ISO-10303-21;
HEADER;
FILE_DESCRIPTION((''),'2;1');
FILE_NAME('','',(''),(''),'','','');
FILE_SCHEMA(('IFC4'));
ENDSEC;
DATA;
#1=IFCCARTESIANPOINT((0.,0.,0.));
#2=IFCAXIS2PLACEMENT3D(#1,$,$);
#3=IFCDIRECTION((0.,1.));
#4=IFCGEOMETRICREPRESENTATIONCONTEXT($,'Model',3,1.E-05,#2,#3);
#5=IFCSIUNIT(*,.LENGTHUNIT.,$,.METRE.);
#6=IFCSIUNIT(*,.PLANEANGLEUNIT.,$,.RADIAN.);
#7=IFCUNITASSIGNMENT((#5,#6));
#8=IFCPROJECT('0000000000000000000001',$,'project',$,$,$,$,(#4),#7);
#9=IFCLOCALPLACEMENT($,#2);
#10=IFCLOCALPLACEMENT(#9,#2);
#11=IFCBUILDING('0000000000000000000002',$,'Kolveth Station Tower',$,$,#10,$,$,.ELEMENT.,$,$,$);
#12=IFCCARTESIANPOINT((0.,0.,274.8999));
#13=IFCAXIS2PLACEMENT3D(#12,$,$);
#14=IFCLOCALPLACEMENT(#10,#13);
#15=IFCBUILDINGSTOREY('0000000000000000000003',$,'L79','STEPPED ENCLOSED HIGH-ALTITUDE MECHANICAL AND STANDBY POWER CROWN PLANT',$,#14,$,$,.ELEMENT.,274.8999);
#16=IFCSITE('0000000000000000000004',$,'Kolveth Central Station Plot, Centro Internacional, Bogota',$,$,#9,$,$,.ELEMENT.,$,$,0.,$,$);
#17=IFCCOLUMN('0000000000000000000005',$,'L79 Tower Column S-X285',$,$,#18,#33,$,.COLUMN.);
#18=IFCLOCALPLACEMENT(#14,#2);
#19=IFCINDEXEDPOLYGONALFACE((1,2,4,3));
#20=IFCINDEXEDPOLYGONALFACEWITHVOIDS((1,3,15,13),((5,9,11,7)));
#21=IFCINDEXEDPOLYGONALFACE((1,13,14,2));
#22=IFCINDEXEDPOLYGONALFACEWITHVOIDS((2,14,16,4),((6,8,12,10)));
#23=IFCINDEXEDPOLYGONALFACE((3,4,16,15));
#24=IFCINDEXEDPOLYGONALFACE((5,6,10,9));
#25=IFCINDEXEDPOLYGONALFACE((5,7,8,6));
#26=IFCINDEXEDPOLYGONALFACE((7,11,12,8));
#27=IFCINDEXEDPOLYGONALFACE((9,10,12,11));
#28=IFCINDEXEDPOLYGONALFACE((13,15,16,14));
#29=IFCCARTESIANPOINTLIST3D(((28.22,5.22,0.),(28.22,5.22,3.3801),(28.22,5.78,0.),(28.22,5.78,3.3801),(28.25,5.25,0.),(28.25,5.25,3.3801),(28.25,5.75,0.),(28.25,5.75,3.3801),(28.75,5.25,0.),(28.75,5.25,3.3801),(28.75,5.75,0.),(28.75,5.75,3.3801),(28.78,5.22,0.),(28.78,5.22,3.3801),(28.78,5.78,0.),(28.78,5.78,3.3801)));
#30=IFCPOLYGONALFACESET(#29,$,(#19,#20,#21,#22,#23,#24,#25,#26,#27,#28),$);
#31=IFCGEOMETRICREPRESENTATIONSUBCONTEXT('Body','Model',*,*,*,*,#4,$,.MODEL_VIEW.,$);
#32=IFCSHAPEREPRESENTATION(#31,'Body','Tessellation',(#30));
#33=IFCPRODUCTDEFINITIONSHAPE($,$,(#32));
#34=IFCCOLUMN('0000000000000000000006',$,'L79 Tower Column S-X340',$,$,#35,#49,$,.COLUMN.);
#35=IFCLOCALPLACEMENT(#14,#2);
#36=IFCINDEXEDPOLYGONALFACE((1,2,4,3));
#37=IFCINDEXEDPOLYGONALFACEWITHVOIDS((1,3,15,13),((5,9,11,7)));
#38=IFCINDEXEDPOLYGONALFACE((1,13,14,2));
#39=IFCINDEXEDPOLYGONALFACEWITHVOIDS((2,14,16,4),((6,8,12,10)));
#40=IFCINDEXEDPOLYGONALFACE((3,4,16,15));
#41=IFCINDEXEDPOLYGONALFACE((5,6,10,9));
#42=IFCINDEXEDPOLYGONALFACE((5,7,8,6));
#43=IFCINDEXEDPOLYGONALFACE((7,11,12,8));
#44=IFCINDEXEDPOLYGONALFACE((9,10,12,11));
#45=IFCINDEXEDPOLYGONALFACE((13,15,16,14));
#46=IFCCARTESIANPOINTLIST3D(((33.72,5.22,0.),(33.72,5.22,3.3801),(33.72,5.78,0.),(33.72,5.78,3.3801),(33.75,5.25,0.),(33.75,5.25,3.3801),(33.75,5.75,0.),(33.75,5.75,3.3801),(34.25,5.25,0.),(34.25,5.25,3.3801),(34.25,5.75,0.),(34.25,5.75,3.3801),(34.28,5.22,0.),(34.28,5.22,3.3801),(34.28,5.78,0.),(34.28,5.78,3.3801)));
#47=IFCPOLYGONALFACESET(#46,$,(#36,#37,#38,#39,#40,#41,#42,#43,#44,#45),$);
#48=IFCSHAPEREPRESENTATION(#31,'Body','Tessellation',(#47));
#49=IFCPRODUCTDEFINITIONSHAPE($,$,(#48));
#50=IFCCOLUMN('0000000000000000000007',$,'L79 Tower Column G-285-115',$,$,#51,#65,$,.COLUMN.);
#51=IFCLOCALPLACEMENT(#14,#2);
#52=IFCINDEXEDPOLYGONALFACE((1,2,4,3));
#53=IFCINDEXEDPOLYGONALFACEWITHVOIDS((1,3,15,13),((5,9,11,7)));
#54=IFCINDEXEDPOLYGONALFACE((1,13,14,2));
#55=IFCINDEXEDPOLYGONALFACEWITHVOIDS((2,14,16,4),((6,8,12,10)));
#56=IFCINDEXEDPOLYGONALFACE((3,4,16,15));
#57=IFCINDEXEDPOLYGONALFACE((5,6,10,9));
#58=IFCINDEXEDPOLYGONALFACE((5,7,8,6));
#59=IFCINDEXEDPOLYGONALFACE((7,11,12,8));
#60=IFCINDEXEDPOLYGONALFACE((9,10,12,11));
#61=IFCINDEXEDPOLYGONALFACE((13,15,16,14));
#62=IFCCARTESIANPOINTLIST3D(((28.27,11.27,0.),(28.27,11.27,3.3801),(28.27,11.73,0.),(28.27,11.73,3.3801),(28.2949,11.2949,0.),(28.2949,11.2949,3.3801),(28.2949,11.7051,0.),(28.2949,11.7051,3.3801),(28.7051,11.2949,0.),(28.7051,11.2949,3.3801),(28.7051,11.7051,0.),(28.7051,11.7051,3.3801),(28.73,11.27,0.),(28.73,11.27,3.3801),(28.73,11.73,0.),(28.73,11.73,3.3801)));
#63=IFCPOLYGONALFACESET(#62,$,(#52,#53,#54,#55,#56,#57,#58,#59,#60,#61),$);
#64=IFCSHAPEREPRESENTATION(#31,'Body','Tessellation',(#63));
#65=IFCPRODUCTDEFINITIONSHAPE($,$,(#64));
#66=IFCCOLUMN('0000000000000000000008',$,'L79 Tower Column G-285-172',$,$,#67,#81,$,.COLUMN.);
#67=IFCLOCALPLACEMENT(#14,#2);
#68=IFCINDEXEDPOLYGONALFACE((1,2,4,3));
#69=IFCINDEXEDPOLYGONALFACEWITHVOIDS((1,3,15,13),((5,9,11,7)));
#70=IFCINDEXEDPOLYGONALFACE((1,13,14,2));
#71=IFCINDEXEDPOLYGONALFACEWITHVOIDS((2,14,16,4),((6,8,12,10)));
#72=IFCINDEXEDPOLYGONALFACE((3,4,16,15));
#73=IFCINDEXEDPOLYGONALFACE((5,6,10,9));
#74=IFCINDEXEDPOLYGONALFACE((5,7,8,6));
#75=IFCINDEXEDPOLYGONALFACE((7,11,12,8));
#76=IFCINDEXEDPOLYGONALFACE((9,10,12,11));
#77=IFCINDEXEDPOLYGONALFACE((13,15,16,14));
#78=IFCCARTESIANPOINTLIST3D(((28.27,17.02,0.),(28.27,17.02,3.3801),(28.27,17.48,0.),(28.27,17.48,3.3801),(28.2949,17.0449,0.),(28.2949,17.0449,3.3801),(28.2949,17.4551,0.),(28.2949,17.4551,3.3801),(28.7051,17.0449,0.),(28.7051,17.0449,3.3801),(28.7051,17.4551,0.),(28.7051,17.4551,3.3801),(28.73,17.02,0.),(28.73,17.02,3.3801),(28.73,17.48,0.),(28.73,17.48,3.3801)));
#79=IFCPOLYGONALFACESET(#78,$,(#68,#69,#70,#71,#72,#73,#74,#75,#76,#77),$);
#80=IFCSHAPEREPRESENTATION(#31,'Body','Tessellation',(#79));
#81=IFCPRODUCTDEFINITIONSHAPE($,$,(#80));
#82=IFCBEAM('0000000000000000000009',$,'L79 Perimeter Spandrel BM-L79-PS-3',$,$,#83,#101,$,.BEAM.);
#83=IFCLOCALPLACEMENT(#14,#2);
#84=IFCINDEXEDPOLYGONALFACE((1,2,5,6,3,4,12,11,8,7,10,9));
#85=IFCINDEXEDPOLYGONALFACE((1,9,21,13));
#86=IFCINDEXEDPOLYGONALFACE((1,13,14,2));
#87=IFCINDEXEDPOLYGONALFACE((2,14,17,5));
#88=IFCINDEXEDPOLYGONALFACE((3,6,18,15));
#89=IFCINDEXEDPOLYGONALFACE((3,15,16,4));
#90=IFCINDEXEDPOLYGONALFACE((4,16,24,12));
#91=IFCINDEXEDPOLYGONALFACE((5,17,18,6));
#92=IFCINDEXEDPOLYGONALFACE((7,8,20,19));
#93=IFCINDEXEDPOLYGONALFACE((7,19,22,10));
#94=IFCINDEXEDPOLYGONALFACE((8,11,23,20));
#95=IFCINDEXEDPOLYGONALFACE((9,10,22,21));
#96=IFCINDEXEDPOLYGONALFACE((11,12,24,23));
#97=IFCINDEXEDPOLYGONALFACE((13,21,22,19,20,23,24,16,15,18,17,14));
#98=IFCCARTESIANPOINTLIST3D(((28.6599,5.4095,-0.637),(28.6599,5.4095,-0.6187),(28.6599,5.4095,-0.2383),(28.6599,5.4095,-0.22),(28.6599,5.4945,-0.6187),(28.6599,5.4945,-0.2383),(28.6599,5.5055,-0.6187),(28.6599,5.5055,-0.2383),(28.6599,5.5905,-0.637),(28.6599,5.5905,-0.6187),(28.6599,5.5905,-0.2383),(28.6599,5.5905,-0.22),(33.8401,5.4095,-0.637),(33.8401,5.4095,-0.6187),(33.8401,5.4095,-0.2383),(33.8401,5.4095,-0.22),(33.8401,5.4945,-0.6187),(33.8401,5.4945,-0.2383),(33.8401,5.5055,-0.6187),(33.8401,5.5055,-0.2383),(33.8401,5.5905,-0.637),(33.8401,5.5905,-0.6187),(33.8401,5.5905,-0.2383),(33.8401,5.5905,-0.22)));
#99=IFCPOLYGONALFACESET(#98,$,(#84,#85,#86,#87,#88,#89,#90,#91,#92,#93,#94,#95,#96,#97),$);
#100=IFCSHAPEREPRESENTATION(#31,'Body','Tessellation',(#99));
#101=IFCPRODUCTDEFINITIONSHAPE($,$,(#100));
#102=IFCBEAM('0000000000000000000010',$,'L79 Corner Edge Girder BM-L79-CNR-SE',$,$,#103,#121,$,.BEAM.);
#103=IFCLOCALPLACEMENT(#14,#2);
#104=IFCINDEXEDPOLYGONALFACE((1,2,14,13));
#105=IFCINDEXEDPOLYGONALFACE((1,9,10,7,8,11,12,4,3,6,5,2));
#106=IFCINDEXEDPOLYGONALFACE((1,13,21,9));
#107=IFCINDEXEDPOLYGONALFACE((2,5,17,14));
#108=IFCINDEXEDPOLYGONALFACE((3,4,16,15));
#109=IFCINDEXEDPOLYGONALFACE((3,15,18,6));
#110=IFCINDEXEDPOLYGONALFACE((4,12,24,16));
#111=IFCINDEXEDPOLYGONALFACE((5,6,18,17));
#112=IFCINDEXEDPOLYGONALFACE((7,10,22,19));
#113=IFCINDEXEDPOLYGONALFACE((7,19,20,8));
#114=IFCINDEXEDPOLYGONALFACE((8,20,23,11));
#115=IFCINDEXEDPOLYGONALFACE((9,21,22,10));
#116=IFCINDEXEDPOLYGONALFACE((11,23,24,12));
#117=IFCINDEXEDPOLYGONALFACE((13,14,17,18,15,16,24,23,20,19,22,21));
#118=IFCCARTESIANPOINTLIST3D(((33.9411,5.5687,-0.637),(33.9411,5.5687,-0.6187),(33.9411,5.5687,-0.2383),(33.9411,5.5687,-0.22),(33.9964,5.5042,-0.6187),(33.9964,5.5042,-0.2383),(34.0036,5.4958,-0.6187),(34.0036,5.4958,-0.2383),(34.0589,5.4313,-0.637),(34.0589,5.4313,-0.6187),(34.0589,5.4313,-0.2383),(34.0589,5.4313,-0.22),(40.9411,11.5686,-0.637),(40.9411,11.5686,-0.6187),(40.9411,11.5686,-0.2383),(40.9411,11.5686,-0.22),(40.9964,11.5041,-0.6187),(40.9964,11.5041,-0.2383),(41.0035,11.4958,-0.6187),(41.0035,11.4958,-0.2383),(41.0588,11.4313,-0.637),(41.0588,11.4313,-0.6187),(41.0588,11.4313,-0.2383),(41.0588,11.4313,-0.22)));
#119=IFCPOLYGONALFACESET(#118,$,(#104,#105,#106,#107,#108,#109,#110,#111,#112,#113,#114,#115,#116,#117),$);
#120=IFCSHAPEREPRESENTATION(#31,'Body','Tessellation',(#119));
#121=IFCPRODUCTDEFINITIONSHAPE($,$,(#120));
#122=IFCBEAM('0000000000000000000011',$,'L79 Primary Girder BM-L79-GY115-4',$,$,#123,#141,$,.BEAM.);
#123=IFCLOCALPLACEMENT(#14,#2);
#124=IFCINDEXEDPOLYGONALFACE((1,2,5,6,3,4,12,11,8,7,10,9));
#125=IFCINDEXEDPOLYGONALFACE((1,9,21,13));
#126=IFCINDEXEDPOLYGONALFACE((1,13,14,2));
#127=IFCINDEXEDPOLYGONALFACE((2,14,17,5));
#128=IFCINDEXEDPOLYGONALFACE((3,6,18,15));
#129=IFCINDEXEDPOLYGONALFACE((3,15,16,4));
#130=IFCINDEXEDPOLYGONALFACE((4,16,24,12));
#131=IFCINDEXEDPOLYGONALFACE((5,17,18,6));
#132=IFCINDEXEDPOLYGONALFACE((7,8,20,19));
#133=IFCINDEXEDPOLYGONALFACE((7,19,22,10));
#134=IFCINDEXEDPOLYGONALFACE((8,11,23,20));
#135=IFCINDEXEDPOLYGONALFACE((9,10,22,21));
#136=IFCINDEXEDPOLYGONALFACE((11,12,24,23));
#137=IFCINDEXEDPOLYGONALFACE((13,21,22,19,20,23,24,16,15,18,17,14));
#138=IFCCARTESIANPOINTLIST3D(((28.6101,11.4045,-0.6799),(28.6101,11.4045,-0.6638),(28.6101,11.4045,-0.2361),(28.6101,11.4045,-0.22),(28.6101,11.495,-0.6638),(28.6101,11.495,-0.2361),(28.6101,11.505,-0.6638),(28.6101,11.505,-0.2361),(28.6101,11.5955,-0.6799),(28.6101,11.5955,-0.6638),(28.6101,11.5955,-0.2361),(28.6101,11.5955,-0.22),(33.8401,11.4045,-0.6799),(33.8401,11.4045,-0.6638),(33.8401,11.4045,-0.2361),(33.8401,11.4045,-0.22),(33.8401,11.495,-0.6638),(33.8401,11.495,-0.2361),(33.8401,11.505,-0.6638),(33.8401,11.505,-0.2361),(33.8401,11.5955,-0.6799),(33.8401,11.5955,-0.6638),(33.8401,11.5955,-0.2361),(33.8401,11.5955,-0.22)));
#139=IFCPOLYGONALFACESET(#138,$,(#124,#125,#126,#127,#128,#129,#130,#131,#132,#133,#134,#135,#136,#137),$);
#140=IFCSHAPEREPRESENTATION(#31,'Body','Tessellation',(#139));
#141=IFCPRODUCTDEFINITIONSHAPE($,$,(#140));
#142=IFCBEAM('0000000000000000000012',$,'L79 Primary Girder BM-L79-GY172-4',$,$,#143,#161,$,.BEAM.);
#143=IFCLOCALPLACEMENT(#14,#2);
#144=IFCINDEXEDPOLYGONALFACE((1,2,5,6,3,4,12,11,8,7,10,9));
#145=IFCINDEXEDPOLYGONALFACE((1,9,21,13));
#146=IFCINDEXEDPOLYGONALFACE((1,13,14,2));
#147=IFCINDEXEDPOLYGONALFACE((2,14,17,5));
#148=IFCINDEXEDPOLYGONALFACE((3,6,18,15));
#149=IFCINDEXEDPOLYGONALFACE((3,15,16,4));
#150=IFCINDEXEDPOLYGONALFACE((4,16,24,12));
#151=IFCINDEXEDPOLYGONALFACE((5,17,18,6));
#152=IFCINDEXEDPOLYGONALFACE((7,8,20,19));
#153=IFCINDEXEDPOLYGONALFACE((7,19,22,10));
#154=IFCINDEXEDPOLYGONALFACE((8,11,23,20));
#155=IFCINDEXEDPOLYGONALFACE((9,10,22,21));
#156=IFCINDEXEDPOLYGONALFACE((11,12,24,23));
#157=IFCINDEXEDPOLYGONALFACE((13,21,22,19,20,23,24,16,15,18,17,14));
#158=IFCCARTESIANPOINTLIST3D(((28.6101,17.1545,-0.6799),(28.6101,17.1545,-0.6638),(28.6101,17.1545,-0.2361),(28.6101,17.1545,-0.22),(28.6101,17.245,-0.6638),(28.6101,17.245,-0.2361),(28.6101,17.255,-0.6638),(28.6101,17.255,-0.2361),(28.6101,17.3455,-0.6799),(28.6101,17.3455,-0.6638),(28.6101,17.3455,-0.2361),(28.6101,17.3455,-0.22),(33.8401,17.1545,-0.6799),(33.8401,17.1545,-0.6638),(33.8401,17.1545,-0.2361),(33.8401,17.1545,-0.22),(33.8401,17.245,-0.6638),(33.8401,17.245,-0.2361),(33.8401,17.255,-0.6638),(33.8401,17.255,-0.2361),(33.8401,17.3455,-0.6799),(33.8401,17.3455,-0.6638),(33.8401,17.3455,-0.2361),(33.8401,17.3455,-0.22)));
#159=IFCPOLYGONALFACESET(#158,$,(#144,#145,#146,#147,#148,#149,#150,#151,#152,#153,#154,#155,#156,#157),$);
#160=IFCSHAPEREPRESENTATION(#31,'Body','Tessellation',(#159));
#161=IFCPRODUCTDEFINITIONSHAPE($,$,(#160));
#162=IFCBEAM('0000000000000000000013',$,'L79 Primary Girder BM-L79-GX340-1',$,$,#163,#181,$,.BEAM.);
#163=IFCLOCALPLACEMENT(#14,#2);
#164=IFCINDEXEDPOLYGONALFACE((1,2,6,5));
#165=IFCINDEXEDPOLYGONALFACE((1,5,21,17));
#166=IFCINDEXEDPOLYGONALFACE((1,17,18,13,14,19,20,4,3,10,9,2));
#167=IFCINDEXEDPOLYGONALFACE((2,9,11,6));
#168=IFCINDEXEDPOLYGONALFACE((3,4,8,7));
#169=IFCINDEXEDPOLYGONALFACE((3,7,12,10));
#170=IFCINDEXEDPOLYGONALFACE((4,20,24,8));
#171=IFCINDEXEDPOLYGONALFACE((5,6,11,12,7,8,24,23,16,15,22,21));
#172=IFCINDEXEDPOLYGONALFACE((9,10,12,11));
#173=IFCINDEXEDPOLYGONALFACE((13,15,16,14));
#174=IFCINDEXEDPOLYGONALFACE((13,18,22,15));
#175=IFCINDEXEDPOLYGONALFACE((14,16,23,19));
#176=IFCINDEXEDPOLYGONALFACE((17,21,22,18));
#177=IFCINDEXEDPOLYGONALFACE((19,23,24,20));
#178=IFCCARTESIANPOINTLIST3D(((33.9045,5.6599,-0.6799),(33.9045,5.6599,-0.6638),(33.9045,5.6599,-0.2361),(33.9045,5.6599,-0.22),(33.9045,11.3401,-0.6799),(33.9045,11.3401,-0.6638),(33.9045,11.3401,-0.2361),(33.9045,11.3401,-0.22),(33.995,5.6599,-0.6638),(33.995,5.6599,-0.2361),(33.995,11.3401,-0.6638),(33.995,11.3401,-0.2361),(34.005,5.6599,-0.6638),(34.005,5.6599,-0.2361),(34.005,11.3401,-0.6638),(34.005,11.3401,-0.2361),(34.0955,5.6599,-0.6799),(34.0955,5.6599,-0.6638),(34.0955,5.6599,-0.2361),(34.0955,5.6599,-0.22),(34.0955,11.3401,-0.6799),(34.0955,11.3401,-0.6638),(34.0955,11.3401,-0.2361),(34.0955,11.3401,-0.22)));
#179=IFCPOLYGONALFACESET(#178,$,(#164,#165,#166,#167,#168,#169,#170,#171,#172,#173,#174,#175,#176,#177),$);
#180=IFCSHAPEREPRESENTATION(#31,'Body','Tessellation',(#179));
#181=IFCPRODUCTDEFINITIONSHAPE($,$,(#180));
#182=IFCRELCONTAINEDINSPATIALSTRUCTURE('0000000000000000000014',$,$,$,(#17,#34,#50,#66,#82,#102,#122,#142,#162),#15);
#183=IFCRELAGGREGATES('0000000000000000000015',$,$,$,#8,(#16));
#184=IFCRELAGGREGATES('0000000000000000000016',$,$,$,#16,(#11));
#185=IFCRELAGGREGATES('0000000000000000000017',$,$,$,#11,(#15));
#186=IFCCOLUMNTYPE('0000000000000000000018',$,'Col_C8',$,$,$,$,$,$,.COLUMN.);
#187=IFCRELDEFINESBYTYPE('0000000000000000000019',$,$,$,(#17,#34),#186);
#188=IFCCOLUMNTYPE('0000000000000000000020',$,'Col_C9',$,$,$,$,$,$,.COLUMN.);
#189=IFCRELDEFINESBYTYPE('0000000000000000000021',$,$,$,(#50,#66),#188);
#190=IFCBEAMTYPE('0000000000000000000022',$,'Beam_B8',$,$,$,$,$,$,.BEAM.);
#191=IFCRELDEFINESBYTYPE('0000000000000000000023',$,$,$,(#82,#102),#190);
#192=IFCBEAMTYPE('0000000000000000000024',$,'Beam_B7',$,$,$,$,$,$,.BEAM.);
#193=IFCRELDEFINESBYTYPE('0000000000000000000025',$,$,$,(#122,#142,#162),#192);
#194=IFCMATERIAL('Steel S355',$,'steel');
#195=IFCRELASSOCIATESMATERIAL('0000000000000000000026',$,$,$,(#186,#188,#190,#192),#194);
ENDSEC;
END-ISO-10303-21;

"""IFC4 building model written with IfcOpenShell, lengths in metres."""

from ifc_helpers import new_model, si_unit, direction, frame, origin, origin_2d, place, context, subcontext, project, spatial, hollow_rectangle, i_section, extrude, source, transform, mapped, material, material_profile, profile_set, type_object, element, save


model = new_model("IFC4")

# Units and contexts
model_context = context("Model", 3, precision=1e-05, world=origin(), true_north=direction((0.0, 1.0)))
body_context = subcontext(model_context, "Body", "Model", "MODEL_VIEW")
ifc_project = project(units=[si_unit("LENGTHUNIT", "METRE"), si_unit("PLANEANGLEUNIT", "RADIAN")], contexts=[model_context])

# Site, building, storey
site_placement = place(None, origin())
site = spatial("IfcSite", under=ifc_project, at=site_placement, Name="Kolveth Central Station Plot, Centro Internacional, Bogota", CompositionType="ELEMENT", RefElevation=0.0)
building_placement = place(site_placement, origin())
building = spatial("IfcBuilding", under=site, at=building_placement, Name="Kolveth Station Tower", CompositionType="ELEMENT")
storey_placement = place(building_placement, frame((0.0, 0.0, 274.8999)))
storey = spatial("IfcBuildingStorey", under=building, at=storey_placement, Name="L79", Description="STEPPED ENCLOSED HIGH-ALTITUDE MECHANICAL AND STANDBY POWER CROWN PLANT", CompositionType="ELEMENT", Elevation=274.8999)

# Columns
ifc_material_1 = material(Name="Steel S355", Category="steel")
ifc_material_profile_1 = material_profile(ifc_material_1, hollow_rectangle(XDim=0.5601, YDim=0.5601, WallThickness=0.03, at=origin_2d()), Name="BOX560x560x30")
ifc_profile_set_1 = profile_set([ifc_material_profile_1], Name="Steel S355")
column_type_1 = type_object("IfcColumnType", Name="Col_C8", PredefinedType="COLUMN", material=ifc_profile_set_1)
shared_shape_1 = source(origin(), body_context, "Body", "SweptSolid", [
    extrude(hollow_rectangle(XDim=0.5601, YDim=0.5601, WallThickness=0.03, at=origin_2d()), origin(), (0.0, 0.0, 1.0), 3.3801),
])
for number, where, z_axis, x_axis, name in (
    (1, (28.5, 5.5, 0.0), (0.0, 0.0, 1.0), (1.0, 0.0, 0.0), "L79 Tower Column S-X285"),
    (2, (34.0, 5.5, 0.0), (0.0, 0.0, 1.0), (1.0, 0.0, 0.0), "L79 Tower Column S-X340"),
):
    element("IfcColumn", number, at=place(storey_placement, frame(where, z_axis=z_axis, x_axis=x_axis)), inside=storey, type_object=column_type_1, Name=name, PredefinedType="COLUMN", context=body_context, shape_type="MappedRepresentation", body=[
        mapped(shared_shape_1, transform((0.0, 0.0, 0.0), x_axis=(1.0, 0.0, 0.0), y_axis=(0.0, 1.0, 0.0), z_axis=(0.0, 0.0, 1.0), scale=1.0)),
    ])
ifc_material_profile_2 = material_profile(ifc_material_1, hollow_rectangle(XDim=0.46, YDim=0.46, WallThickness=0.0249, at=origin_2d()), Name="BOX460x460x25")
ifc_profile_set_2 = profile_set([ifc_material_profile_2], Name="Steel S355")
column_type_2 = type_object("IfcColumnType", Name="Col_C9", PredefinedType="COLUMN", material=ifc_profile_set_2)
shared_shape_2 = source(origin(), body_context, "Body", "SweptSolid", [
    extrude(hollow_rectangle(XDim=0.46, YDim=0.46, WallThickness=0.0249, at=origin_2d()), origin(), (0.0, 0.0, 1.0), 3.3801),
])
for number, where, z_axis, x_axis, name in (
    (3, (28.5, 11.5, 0.0), (0.0, 0.0, 1.0), (1.0, 0.0, 0.0), "L79 Tower Column G-285-115"),
    (4, (28.5, 17.25, 0.0), (0.0, 0.0, 1.0), (1.0, 0.0, 0.0), "L79 Tower Column G-285-172"),
):
    element("IfcColumn", number, at=place(storey_placement, frame(where, z_axis=z_axis, x_axis=x_axis)), inside=storey, type_object=column_type_2, Name=name, PredefinedType="COLUMN", context=body_context, shape_type="MappedRepresentation", body=[
        mapped(shared_shape_2, transform((0.0, 0.0, 0.0), x_axis=(1.0, 0.0, 0.0), y_axis=(0.0, 1.0, 0.0), z_axis=(0.0, 0.0, 1.0), scale=1.0)),
    ])

# Beams
ifc_material_profile_3 = material_profile(ifc_material_1, i_section(OverallWidth=0.1809, OverallDepth=0.417, WebThickness=0.011, FlangeThickness=0.0183, at=origin_2d()), Name="W410x85")
ifc_profile_set_3 = profile_set([ifc_material_profile_3], Name="Steel S355")
beam_type_1 = type_object("IfcBeamType", Name="Beam_B8", PredefinedType="BEAM", material=ifc_profile_set_3)
shared_shape_3 = source(origin(), body_context, "Body", "SweptSolid", [
    extrude(i_section(OverallWidth=0.1809, OverallDepth=0.417, WebThickness=0.011, FlangeThickness=0.0183, at=origin_2d()), origin(), (0.0, 0.0, 1.0), 5.1802),
])
beam_1_placement = place(storey_placement, frame((28.6599, 5.5, -0.4285), z_axis=(1.0, 0.0, 0.0), x_axis=(0.0, 1.0, 0.0)))
element("IfcBeam", 5, at=beam_1_placement, inside=storey, type_object=beam_type_1, Name="L79 Perimeter Spandrel BM-L79-PS-3", PredefinedType="BEAM", context=body_context, shape_type="MappedRepresentation", body=[
    mapped(shared_shape_3, transform((0.0, 0.0, 0.0), x_axis=(1.0, 0.0, 0.0), y_axis=(0.0, 1.0, 0.0), z_axis=(0.0, 0.0, 1.0), scale=1.0)),
])
shared_shape_4 = source(origin(), body_context, "Body", "SweptSolid", [
    extrude(i_section(OverallWidth=0.1809, OverallDepth=0.417, WebThickness=0.011, FlangeThickness=0.0183, at=origin_2d()), origin(), (0.0, 0.0, 1.0), 9.2195),
])
beam_2_placement = place(storey_placement, frame((34.0, 5.5, -0.4285), z_axis=(0.759257, 0.650791, 0.0), x_axis=(-0.650791, 0.759257, 0.0)))
element("IfcBeam", 6, at=beam_2_placement, inside=storey, type_object=beam_type_1, Name="L79 Corner Edge Girder BM-L79-CNR-SE", PredefinedType="BEAM", context=body_context, shape_type="MappedRepresentation", body=[
    mapped(shared_shape_4, transform((0.0, 0.0, 0.0), x_axis=(1.0, 0.0, 0.0), y_axis=(0.0, 1.0, 0.0), z_axis=(0.0, 0.0, 1.0), scale=1.0)),
])
ifc_material_profile_4 = material_profile(ifc_material_1, i_section(OverallWidth=0.1909, OverallDepth=0.46, WebThickness=0.01, FlangeThickness=0.0161, at=origin_2d()), Name="W460x82")
ifc_profile_set_4 = profile_set([ifc_material_profile_4], Name="Steel S355")
beam_type_2 = type_object("IfcBeamType", Name="Beam_B7", PredefinedType="BEAM", material=ifc_profile_set_4)
shared_shape_5 = source(origin(), body_context, "Body", "SweptSolid", [
    extrude(i_section(OverallWidth=0.1909, OverallDepth=0.46, WebThickness=0.01, FlangeThickness=0.0161, at=origin_2d()), origin(), (0.0, 0.0, 1.0), 5.23),
])
for number, where, z_axis, x_axis, name in (
    (7, (28.6101, 11.5, -0.45), (1.0, 0.0, 0.0), (0.0, 1.0, 0.0), "L79 Primary Girder BM-L79-GY115-4"),
    (8, (28.6101, 17.25, -0.45), (1.0, 0.0, 0.0), (0.0, 1.0, 0.0), "L79 Primary Girder BM-L79-GY172-4"),
):
    element("IfcBeam", number, at=place(storey_placement, frame(where, z_axis=z_axis, x_axis=x_axis)), inside=storey, type_object=beam_type_2, Name=name, PredefinedType="BEAM", context=body_context, shape_type="MappedRepresentation", body=[
        mapped(shared_shape_5, transform((0.0, 0.0, 0.0), x_axis=(1.0, 0.0, 0.0), y_axis=(0.0, 1.0, 0.0), z_axis=(0.0, 0.0, 1.0), scale=1.0)),
    ])
shared_shape_6 = source(origin(), body_context, "Body", "SweptSolid", [
    extrude(i_section(OverallWidth=0.1909, OverallDepth=0.46, WebThickness=0.01, FlangeThickness=0.0161, at=origin_2d()), origin(), (0.0, 0.0, 1.0), 5.6802),
])
beam_3_placement = place(storey_placement, frame((34.0, 5.6599, -0.45), z_axis=(0.0, 1.0, 0.0), x_axis=(-1.0, 0.0, 0.0)))
element("IfcBeam", 9, at=beam_3_placement, inside=storey, type_object=beam_type_2, Name="L79 Primary Girder BM-L79-GX340-1", PredefinedType="BEAM", context=body_context, shape_type="MappedRepresentation", body=[
    mapped(shared_shape_6, transform((0.0, 0.0, 0.0), x_axis=(1.0, 0.0, 0.0), y_axis=(0.0, 1.0, 0.0), z_axis=(0.0, 0.0, 1.0), scale=1.0)),
])

save(model, "model.ifc")
